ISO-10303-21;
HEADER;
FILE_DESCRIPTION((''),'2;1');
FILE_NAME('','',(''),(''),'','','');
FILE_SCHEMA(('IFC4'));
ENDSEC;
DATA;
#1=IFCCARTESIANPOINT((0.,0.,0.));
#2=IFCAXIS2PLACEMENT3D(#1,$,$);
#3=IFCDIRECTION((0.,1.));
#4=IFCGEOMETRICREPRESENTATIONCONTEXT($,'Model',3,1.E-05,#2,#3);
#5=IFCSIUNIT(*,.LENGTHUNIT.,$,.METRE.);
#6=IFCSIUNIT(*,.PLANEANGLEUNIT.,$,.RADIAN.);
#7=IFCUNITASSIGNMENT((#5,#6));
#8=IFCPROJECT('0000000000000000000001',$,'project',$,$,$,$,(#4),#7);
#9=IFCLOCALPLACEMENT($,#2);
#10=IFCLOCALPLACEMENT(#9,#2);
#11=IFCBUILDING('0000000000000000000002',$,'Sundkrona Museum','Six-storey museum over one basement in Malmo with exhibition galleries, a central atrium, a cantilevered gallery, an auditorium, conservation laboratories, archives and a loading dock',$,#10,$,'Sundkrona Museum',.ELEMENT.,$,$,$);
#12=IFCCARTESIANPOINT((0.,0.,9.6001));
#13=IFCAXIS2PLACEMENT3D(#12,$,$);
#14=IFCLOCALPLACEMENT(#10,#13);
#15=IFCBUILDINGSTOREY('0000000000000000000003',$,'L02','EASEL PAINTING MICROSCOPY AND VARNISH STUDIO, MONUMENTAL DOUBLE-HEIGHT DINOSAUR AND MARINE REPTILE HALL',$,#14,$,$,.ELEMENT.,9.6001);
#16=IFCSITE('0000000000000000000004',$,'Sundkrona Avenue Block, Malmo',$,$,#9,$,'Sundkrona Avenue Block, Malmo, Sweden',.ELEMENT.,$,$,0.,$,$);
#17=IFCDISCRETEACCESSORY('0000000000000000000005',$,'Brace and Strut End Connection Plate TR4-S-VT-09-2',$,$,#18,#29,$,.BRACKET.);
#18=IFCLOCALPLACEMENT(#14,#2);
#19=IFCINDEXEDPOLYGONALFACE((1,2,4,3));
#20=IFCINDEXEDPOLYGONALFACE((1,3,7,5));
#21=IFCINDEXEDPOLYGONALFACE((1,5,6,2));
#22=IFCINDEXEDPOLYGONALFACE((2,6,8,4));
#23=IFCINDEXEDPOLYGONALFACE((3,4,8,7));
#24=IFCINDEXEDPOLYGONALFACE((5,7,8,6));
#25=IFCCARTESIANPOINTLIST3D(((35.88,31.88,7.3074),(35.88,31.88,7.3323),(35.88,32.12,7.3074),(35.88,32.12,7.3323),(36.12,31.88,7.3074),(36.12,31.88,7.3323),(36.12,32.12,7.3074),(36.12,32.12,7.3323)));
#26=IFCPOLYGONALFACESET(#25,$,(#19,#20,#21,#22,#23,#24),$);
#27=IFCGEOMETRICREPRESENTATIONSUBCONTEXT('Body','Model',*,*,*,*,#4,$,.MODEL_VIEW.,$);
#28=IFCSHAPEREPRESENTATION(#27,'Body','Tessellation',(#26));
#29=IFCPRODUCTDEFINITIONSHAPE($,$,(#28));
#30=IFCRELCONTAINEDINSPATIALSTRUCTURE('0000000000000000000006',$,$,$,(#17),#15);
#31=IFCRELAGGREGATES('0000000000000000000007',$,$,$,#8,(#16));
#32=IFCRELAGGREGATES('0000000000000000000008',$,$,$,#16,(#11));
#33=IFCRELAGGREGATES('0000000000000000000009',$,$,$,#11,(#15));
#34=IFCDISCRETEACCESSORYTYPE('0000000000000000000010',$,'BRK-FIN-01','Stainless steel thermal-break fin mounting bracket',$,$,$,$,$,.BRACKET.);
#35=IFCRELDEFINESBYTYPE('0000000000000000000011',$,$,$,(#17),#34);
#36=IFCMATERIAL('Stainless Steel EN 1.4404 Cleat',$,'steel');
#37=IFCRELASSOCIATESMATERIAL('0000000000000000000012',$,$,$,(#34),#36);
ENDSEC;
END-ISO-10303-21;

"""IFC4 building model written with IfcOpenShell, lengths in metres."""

from ifc_helpers import new_model, si_unit, direction, frame, origin, origin_2d, place, context, subcontext, project, spatial, rectangle, extrude, material, type_object, element, save


model = new_model("IFC4")

# Units and contexts
model_context = context("Model", 3, precision=1e-05, world=origin(), true_north=direction((0.0, 1.0)))
body_context = subcontext(model_context, "Body", "Model", "MODEL_VIEW")
ifc_project = project(units=[si_unit("LENGTHUNIT", "METRE"), si_unit("PLANEANGLEUNIT", "RADIAN")], contexts=[model_context])

# Site, building, storey
site_placement = place(None, origin())
site = spatial("IfcSite", under=ifc_project, at=site_placement, Name="Sundkrona Avenue Block, Malmo", LongName="Sundkrona Avenue Block, Malmo, Sweden", CompositionType="ELEMENT", RefElevation=0.0)
building_placement = place(site_placement, origin())
building = spatial("IfcBuilding", under=site, at=building_placement, Name="Sundkrona Museum", Description="Six-storey museum over one basement in Malmo with exhibition galleries, a central atrium, a cantilevered gallery, an auditorium, conservation laboratories, archives and a loading dock", LongName="Sundkrona Museum", CompositionType="ELEMENT")
storey_placement = place(building_placement, frame((0.0, 0.0, 9.6001)))
storey = spatial("IfcBuildingStorey", under=building, at=storey_placement, Name="L02", Description="EASEL PAINTING MICROSCOPY AND VARNISH STUDIO, MONUMENTAL DOUBLE-HEIGHT DINOSAUR AND MARINE REPTILE HALL", CompositionType="ELEMENT", Elevation=9.6001)

# Discrete accessory
ifc_material_1 = material(Name="Stainless Steel EN 1.4404 Cleat", Category="steel")
discrete_accessory_type = type_object("IfcDiscreteAccessoryType", Name="BRK-FIN-01", Description="Stainless steel thermal-break fin mounting bracket", PredefinedType="BRACKET", material=ifc_material_1)
for number, where, z_axis, x_axis, name in (
    (1, (36.0, 32.0, 7.3074), (0.0, 0.0, 1.0), (1.0, 0.0, 0.0), "Brace and Strut End Connection Plate TR4-S-VT-09-2"),
):
    element("IfcDiscreteAccessory", number, at=place(storey_placement, frame(where, z_axis=z_axis, x_axis=x_axis)), inside=storey, type_object=discrete_accessory_type, Name=name, PredefinedType="BRACKET", context=body_context, shape_type="SweptSolid", body=[
        extrude(rectangle(XDim=0.24, YDim=0.24, at=origin_2d()), origin(), (0.0, 0.0, 1.0), 0.0249),
    ])

save(model, "model.ifc")
